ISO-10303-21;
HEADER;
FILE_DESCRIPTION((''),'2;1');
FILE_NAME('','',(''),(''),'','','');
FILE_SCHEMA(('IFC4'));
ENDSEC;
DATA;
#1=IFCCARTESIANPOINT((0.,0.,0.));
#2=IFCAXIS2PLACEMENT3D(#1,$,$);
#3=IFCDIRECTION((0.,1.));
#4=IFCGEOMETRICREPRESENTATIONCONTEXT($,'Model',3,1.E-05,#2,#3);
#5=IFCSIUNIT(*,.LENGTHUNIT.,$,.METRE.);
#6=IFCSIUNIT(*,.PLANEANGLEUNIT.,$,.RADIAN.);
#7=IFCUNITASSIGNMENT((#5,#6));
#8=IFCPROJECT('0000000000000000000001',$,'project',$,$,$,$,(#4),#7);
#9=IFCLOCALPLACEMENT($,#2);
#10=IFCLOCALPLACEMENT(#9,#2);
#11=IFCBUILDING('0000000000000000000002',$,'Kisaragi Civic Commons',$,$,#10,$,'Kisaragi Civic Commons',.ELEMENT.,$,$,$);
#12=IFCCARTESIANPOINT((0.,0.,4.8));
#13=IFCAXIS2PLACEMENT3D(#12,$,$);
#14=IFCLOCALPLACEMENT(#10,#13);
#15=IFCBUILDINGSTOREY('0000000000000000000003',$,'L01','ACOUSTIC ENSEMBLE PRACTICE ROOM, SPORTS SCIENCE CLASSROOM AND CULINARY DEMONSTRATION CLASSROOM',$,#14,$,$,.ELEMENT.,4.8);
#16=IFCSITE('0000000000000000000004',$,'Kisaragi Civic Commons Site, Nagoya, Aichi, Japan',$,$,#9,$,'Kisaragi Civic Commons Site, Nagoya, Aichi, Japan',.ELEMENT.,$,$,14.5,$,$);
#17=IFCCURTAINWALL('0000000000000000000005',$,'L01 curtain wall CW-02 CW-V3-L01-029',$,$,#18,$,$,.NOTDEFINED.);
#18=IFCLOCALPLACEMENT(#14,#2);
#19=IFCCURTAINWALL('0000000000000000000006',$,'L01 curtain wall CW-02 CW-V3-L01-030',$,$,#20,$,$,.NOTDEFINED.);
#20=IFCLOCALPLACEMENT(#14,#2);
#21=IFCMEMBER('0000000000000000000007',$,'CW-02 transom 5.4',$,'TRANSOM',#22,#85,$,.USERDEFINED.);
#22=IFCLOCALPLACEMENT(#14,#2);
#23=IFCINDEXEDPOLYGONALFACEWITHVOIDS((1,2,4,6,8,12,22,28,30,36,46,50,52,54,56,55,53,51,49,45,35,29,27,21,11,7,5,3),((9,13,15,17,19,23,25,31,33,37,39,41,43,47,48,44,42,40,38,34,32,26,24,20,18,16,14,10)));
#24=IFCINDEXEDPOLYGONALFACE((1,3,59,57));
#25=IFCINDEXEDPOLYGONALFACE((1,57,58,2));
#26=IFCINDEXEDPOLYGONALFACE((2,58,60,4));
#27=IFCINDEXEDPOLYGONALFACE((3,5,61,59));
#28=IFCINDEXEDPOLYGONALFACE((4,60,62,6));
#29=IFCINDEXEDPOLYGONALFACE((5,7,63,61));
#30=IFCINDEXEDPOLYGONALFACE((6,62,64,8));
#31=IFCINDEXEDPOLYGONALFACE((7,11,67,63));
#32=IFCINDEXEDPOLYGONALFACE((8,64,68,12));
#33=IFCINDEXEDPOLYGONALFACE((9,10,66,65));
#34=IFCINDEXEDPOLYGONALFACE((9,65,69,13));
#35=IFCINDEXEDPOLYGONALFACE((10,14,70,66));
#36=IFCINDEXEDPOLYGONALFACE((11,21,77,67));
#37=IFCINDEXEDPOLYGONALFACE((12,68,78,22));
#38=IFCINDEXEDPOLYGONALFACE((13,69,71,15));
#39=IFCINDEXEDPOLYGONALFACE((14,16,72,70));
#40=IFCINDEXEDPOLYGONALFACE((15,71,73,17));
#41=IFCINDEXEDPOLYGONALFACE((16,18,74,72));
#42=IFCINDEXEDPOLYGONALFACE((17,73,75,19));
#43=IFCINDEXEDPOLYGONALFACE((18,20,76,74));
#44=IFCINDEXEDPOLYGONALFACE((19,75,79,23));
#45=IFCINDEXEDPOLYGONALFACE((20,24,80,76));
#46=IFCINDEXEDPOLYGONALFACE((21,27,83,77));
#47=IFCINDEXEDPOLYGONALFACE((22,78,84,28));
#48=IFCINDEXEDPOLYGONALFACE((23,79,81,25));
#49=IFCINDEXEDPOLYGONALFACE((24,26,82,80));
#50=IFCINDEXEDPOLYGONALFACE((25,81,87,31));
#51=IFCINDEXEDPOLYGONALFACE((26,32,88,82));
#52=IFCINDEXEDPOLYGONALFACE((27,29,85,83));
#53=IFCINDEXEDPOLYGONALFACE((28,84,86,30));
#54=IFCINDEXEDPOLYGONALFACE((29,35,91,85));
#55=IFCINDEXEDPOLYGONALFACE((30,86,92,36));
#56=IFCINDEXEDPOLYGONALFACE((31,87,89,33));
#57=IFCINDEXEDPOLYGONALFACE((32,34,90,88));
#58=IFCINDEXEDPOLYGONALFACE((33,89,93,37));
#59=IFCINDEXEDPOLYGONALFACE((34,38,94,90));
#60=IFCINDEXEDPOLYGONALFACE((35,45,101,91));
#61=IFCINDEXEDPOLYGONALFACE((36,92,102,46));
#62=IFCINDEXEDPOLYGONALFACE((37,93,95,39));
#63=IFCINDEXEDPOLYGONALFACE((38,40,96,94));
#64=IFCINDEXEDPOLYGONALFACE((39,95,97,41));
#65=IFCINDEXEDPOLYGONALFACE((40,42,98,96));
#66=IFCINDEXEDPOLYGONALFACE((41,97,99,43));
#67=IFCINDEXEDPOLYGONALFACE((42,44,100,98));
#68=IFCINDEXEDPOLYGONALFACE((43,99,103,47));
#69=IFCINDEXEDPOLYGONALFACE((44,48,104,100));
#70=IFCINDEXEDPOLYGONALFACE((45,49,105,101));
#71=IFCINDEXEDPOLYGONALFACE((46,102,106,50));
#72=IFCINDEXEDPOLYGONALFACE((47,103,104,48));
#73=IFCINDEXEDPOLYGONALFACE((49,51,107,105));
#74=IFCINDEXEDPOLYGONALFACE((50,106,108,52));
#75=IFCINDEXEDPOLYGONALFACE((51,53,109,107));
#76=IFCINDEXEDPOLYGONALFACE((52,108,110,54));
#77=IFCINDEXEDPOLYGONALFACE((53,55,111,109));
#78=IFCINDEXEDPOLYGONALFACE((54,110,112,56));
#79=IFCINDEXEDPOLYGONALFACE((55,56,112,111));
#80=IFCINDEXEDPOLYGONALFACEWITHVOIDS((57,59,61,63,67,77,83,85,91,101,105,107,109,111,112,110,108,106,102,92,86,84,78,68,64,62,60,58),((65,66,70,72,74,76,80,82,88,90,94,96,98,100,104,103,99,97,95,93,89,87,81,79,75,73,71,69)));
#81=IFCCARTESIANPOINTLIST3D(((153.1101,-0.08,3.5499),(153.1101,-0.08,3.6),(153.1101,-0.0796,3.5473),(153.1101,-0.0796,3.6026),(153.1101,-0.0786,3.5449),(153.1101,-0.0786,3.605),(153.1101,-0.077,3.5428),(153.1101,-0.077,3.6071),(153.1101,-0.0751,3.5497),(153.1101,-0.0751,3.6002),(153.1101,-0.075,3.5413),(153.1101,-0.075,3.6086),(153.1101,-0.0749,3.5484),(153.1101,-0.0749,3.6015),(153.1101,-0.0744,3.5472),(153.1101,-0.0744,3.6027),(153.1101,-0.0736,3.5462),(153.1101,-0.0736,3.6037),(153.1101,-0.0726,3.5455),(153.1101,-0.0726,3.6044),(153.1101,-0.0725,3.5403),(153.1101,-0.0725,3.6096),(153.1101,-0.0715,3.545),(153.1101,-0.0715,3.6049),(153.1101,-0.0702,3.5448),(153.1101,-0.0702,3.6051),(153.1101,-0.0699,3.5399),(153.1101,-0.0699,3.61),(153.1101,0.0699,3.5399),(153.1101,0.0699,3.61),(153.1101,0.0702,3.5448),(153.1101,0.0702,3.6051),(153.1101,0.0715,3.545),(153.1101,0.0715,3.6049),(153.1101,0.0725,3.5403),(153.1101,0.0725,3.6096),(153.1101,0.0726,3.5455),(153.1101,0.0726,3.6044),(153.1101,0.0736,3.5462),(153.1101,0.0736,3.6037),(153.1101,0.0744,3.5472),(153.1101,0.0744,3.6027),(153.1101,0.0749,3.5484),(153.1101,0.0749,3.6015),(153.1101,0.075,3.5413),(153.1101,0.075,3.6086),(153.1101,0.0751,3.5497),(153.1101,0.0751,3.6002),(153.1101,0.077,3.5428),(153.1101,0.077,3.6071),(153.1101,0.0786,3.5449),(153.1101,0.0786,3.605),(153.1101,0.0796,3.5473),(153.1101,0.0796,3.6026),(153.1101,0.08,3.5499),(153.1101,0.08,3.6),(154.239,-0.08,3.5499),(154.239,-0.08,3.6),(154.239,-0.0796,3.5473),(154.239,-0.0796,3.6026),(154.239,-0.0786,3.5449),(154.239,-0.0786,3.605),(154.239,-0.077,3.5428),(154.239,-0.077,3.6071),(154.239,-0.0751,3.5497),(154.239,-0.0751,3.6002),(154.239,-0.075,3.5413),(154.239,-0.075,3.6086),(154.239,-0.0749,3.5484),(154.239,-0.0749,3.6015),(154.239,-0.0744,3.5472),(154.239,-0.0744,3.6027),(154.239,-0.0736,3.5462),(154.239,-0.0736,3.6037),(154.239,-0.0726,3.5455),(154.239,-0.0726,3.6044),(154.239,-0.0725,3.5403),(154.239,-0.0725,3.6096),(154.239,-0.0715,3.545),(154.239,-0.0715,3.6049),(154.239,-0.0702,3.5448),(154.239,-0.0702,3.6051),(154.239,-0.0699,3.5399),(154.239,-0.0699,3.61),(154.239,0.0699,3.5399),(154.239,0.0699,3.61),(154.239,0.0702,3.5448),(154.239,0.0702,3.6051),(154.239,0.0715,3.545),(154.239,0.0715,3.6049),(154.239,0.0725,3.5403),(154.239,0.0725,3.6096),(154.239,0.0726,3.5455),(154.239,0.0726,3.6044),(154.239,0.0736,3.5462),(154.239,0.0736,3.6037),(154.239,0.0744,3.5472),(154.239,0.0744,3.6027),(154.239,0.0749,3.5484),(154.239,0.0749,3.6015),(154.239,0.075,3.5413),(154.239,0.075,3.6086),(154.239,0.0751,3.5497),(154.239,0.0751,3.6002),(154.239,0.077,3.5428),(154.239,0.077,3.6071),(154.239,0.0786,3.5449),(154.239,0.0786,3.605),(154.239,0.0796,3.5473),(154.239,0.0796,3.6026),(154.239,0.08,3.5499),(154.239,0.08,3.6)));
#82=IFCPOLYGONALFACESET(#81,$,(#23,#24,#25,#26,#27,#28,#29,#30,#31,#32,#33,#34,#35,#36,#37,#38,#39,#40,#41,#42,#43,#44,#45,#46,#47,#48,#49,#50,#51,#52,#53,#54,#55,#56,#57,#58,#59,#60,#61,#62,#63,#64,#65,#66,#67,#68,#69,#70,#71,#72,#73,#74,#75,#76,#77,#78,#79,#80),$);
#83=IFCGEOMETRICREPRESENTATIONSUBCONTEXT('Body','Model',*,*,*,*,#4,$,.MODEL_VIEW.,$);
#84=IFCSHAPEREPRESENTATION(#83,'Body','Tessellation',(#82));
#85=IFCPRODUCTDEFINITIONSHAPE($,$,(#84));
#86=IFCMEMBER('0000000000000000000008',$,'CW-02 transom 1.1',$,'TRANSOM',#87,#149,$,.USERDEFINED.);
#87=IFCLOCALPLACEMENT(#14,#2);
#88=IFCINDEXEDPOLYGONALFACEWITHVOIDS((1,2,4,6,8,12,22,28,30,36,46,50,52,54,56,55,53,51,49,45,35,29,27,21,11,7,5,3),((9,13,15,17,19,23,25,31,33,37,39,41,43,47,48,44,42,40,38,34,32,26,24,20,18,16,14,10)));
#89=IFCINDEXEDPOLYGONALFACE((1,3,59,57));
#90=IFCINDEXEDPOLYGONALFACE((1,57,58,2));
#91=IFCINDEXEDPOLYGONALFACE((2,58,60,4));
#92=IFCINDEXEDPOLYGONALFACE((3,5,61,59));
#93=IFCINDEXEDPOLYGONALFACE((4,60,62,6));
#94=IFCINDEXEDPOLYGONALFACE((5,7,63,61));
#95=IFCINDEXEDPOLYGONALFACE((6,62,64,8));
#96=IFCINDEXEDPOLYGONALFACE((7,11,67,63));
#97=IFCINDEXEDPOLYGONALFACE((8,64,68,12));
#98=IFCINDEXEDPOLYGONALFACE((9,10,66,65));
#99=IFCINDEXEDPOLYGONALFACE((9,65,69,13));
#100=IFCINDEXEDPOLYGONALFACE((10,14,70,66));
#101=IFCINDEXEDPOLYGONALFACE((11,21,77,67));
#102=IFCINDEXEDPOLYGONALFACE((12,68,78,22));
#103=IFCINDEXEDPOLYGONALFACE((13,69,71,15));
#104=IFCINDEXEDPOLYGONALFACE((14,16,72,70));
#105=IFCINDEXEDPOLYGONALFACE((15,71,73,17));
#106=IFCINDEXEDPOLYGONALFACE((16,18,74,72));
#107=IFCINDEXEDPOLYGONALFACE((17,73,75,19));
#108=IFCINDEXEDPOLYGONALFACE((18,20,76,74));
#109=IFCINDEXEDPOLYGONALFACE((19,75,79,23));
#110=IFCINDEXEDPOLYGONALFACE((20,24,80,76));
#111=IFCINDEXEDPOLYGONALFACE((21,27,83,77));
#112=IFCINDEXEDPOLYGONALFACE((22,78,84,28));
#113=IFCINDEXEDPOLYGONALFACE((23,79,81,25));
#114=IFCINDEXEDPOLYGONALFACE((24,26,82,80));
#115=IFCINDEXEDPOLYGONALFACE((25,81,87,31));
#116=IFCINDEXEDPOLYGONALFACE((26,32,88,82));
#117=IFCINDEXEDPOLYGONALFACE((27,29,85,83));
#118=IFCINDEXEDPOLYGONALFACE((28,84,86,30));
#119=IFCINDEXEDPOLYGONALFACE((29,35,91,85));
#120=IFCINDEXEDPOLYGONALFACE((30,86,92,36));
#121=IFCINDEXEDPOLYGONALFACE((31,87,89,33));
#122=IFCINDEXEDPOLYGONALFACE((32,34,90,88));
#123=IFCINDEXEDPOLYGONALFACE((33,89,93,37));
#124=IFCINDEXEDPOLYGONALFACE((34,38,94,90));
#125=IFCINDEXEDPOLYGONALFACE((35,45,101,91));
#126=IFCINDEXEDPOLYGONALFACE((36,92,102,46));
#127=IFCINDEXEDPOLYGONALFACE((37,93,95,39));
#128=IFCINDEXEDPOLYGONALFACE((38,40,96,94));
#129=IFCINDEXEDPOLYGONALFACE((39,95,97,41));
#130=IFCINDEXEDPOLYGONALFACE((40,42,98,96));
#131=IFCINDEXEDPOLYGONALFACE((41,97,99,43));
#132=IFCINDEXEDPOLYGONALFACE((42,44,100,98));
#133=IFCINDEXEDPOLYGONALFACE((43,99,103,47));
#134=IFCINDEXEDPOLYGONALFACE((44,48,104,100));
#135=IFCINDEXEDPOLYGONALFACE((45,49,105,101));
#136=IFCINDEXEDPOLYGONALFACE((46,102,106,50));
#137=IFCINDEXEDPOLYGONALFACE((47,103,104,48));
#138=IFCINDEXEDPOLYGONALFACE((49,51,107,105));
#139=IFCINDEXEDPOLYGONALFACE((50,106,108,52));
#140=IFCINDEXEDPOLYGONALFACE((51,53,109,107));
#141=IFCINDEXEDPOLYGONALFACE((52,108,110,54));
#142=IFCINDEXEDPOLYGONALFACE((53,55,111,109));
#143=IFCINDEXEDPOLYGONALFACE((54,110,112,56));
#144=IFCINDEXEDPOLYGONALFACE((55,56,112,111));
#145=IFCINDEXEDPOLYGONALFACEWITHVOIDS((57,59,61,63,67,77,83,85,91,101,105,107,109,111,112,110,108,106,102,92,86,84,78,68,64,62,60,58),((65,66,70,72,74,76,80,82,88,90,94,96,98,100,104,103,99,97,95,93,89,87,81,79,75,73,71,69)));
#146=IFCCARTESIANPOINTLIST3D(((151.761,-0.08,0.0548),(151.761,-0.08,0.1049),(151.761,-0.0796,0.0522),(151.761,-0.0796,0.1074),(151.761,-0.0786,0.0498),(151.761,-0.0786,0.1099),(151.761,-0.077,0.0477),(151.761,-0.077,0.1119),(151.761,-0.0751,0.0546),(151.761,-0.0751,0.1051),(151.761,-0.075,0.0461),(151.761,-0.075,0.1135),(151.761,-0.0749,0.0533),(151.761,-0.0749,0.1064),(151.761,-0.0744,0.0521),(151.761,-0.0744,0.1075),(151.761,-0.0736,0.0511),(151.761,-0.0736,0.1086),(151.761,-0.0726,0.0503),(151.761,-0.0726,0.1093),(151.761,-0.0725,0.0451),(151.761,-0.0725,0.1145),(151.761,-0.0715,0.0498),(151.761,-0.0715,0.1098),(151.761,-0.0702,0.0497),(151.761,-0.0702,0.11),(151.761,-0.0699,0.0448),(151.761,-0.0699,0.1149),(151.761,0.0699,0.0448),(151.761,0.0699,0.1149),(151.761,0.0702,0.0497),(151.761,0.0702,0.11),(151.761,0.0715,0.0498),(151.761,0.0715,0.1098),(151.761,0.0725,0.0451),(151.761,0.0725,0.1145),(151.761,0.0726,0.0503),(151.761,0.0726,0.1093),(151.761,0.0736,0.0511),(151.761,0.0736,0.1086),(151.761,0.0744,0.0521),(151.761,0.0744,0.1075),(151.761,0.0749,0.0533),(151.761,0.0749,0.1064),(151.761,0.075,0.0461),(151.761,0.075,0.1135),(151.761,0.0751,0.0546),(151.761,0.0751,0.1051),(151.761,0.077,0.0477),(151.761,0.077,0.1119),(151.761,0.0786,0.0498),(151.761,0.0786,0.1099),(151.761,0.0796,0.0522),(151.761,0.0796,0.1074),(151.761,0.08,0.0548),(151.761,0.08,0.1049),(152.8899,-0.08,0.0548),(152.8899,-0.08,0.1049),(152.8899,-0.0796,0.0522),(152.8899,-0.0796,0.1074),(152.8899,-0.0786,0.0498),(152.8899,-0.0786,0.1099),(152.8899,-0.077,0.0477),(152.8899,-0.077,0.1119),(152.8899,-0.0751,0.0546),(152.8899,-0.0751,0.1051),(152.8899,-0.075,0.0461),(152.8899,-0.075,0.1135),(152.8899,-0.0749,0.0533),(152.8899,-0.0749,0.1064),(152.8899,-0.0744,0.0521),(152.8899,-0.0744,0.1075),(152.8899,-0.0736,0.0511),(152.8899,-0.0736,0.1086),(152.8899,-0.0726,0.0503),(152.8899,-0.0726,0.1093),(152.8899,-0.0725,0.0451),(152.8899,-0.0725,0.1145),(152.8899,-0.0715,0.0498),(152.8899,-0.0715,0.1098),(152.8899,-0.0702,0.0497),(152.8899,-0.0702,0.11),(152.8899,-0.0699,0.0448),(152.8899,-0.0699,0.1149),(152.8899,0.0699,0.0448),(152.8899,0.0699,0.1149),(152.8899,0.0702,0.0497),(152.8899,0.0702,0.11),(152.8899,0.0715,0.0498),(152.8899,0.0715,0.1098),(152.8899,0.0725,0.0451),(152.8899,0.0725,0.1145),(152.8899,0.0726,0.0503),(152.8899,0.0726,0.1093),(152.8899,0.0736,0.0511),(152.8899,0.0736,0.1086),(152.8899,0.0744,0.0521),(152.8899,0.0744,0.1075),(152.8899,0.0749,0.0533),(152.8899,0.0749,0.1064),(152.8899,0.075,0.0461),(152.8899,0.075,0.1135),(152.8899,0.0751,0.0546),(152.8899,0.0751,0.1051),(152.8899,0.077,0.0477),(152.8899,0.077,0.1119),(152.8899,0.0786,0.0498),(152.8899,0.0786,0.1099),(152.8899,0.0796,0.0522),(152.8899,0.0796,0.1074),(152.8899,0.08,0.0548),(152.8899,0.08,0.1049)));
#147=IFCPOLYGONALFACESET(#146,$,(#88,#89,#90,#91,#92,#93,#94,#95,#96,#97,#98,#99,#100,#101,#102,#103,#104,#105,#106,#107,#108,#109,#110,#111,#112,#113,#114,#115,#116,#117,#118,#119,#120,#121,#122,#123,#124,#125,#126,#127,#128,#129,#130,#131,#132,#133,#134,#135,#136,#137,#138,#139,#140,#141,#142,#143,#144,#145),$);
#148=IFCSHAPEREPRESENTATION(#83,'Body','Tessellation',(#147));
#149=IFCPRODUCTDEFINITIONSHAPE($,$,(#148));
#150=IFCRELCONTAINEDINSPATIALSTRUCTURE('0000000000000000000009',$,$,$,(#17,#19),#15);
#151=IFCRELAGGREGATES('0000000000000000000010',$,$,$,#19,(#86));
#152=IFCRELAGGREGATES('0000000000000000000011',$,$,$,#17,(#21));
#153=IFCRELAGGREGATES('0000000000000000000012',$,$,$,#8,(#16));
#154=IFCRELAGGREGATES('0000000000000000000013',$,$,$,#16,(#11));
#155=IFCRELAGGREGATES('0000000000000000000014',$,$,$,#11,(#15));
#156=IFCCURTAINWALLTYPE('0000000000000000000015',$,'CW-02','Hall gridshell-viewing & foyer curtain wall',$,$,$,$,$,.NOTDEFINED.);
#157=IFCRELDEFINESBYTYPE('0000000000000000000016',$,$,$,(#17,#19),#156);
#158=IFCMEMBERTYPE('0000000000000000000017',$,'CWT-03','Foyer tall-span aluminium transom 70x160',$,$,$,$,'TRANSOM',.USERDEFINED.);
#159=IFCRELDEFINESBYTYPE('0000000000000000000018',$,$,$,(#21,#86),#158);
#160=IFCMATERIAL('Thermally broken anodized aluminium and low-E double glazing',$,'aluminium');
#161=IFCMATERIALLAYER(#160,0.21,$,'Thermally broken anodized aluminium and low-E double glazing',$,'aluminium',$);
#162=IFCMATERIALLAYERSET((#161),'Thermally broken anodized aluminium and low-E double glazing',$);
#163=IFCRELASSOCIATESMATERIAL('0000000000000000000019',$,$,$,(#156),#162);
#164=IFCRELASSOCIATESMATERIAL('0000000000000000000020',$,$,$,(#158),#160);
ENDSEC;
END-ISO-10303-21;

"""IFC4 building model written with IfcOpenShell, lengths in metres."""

from ifc_helpers import new_model, si_unit, direction, frame, origin, origin_2d, place, context, subcontext, project, spatial, hollow_rectangle, extrude, material, layer, layer_set, material_profile, profile_set, type_object, element, aggregate, save


model = new_model("IFC4")

# Units and contexts
model_context = context("Model", 3, precision=1e-05, world=origin(), true_north=direction((0.0, 1.0)))
body_context = subcontext(model_context, "Body", "Model", "MODEL_VIEW")
ifc_project = project(units=[si_unit("LENGTHUNIT", "METRE"), si_unit("PLANEANGLEUNIT", "RADIAN")], contexts=[model_context])

# Site, building, storey
site_placement = place(None, origin())
site = spatial("IfcSite", under=ifc_project, at=site_placement, Name="Kisaragi Civic Commons Site, Nagoya, Aichi, Japan", LongName="Kisaragi Civic Commons Site, Nagoya, Aichi, Japan", CompositionType="ELEMENT", RefElevation=14.5)
building_placement = place(site_placement, origin())
building = spatial("IfcBuilding", under=site, at=building_placement, Name="Kisaragi Civic Commons", LongName="Kisaragi Civic Commons", CompositionType="ELEMENT")
storey_placement = place(building_placement, frame((0.0, 0.0, 4.8)))
storey = spatial("IfcBuildingStorey", under=building, at=storey_placement, Name="L01", Description="ACOUSTIC ENSEMBLE PRACTICE ROOM, SPORTS SCIENCE CLASSROOM AND CULINARY DEMONSTRATION CLASSROOM", CompositionType="ELEMENT", Elevation=4.8)

# Curtain wall
ifc_material_1 = material(Name="Thermally broken anodized aluminium and low-E double glazing", Category="aluminium")
ifc_layer_1 = layer(ifc_material_1, 0.21, Name="Thermally broken anodized aluminium and low-E double glazing", Category="aluminium")
ifc_layer_set_1 = layer_set([ifc_layer_1], Name="Thermally broken anodized aluminium and low-E double glazing")
curtain_wall_type = type_object("IfcCurtainWallType", Name="CW-02", Description="Hall gridshell-viewing & foyer curtain wall", PredefinedType="NOTDEFINED", material=ifc_layer_set_1)
curtain_wall_1_placement = place(storey_placement, origin())
curtain_wall_1 = element("IfcCurtainWall", 1, at=curtain_wall_1_placement, inside=storey, type_object=curtain_wall_type, Name="L01 curtain wall CW-02 CW-V3-L01-029", PredefinedType="NOTDEFINED")

# Curtain wall
curtain_wall_2_placement = place(storey_placement, origin())
curtain_wall_2 = element("IfcCurtainWall", 2, at=curtain_wall_2_placement, inside=storey, type_object=curtain_wall_type, Name="L01 curtain wall CW-02 CW-V3-L01-030", PredefinedType="NOTDEFINED")

# Members
ifc_material_profile_1 = material_profile(ifc_material_1, hollow_rectangle(XDim=0.1599, YDim=0.0701, WallThickness=0.0049, InnerFilletRadius=0.0049, OuterFilletRadius=0.01, at=origin_2d()), Name="CWT-70x160x5", Category="aluminium")
ifc_profile_set_1 = profile_set([ifc_material_profile_1], Name="Thermally broken anodized aluminium and low-E double glazing")
member_type_1 = type_object("IfcMemberType", Name="CWT-03", Description="Foyer tall-span aluminium transom 70x160", ElementType="TRANSOM", PredefinedType="USERDEFINED", material=ifc_profile_set_1)
member_1_placement = place(storey_placement, frame((154.239, 0.0, 3.575), z_axis=(-1.0, 0.0, 0.0), x_axis=(0.0, -1.0, 0.0)))
member_1 = element("IfcMember", 3, at=member_1_placement, type_object=member_type_1, Name="CW-02 transom 5.4", ObjectType="TRANSOM", PredefinedType="USERDEFINED", context=body_context, shape_type="SweptSolid", body=[
    extrude(hollow_rectangle(XDim=0.1599, YDim=0.0701, WallThickness=0.0049, InnerFilletRadius=0.0049, OuterFilletRadius=0.01, at=origin_2d()), origin(), (0.0, 0.0, 1.0), 1.1289),
])
member_2_placement = place(storey_placement, frame((152.8899, 0.0, 0.0798), z_axis=(-1.0, 0.0, 0.0), x_axis=(0.0, -1.0, 0.0)))
member_2 = element("IfcMember", 4, at=member_2_placement, type_object=member_type_1, Name="CW-02 transom 1.1", ObjectType="TRANSOM", PredefinedType="USERDEFINED", context=body_context, shape_type="SweptSolid", body=[
    extrude(hollow_rectangle(XDim=0.1599, YDim=0.0701, WallThickness=0.0049, InnerFilletRadius=0.0049, OuterFilletRadius=0.01, at=origin_2d()), origin(), (0.0, 0.0, 1.0), 1.1289),
])
aggregate(curtain_wall_2, [member_2])

aggregate(curtain_wall_1, [member_1])

save(model, "model.ifc")
